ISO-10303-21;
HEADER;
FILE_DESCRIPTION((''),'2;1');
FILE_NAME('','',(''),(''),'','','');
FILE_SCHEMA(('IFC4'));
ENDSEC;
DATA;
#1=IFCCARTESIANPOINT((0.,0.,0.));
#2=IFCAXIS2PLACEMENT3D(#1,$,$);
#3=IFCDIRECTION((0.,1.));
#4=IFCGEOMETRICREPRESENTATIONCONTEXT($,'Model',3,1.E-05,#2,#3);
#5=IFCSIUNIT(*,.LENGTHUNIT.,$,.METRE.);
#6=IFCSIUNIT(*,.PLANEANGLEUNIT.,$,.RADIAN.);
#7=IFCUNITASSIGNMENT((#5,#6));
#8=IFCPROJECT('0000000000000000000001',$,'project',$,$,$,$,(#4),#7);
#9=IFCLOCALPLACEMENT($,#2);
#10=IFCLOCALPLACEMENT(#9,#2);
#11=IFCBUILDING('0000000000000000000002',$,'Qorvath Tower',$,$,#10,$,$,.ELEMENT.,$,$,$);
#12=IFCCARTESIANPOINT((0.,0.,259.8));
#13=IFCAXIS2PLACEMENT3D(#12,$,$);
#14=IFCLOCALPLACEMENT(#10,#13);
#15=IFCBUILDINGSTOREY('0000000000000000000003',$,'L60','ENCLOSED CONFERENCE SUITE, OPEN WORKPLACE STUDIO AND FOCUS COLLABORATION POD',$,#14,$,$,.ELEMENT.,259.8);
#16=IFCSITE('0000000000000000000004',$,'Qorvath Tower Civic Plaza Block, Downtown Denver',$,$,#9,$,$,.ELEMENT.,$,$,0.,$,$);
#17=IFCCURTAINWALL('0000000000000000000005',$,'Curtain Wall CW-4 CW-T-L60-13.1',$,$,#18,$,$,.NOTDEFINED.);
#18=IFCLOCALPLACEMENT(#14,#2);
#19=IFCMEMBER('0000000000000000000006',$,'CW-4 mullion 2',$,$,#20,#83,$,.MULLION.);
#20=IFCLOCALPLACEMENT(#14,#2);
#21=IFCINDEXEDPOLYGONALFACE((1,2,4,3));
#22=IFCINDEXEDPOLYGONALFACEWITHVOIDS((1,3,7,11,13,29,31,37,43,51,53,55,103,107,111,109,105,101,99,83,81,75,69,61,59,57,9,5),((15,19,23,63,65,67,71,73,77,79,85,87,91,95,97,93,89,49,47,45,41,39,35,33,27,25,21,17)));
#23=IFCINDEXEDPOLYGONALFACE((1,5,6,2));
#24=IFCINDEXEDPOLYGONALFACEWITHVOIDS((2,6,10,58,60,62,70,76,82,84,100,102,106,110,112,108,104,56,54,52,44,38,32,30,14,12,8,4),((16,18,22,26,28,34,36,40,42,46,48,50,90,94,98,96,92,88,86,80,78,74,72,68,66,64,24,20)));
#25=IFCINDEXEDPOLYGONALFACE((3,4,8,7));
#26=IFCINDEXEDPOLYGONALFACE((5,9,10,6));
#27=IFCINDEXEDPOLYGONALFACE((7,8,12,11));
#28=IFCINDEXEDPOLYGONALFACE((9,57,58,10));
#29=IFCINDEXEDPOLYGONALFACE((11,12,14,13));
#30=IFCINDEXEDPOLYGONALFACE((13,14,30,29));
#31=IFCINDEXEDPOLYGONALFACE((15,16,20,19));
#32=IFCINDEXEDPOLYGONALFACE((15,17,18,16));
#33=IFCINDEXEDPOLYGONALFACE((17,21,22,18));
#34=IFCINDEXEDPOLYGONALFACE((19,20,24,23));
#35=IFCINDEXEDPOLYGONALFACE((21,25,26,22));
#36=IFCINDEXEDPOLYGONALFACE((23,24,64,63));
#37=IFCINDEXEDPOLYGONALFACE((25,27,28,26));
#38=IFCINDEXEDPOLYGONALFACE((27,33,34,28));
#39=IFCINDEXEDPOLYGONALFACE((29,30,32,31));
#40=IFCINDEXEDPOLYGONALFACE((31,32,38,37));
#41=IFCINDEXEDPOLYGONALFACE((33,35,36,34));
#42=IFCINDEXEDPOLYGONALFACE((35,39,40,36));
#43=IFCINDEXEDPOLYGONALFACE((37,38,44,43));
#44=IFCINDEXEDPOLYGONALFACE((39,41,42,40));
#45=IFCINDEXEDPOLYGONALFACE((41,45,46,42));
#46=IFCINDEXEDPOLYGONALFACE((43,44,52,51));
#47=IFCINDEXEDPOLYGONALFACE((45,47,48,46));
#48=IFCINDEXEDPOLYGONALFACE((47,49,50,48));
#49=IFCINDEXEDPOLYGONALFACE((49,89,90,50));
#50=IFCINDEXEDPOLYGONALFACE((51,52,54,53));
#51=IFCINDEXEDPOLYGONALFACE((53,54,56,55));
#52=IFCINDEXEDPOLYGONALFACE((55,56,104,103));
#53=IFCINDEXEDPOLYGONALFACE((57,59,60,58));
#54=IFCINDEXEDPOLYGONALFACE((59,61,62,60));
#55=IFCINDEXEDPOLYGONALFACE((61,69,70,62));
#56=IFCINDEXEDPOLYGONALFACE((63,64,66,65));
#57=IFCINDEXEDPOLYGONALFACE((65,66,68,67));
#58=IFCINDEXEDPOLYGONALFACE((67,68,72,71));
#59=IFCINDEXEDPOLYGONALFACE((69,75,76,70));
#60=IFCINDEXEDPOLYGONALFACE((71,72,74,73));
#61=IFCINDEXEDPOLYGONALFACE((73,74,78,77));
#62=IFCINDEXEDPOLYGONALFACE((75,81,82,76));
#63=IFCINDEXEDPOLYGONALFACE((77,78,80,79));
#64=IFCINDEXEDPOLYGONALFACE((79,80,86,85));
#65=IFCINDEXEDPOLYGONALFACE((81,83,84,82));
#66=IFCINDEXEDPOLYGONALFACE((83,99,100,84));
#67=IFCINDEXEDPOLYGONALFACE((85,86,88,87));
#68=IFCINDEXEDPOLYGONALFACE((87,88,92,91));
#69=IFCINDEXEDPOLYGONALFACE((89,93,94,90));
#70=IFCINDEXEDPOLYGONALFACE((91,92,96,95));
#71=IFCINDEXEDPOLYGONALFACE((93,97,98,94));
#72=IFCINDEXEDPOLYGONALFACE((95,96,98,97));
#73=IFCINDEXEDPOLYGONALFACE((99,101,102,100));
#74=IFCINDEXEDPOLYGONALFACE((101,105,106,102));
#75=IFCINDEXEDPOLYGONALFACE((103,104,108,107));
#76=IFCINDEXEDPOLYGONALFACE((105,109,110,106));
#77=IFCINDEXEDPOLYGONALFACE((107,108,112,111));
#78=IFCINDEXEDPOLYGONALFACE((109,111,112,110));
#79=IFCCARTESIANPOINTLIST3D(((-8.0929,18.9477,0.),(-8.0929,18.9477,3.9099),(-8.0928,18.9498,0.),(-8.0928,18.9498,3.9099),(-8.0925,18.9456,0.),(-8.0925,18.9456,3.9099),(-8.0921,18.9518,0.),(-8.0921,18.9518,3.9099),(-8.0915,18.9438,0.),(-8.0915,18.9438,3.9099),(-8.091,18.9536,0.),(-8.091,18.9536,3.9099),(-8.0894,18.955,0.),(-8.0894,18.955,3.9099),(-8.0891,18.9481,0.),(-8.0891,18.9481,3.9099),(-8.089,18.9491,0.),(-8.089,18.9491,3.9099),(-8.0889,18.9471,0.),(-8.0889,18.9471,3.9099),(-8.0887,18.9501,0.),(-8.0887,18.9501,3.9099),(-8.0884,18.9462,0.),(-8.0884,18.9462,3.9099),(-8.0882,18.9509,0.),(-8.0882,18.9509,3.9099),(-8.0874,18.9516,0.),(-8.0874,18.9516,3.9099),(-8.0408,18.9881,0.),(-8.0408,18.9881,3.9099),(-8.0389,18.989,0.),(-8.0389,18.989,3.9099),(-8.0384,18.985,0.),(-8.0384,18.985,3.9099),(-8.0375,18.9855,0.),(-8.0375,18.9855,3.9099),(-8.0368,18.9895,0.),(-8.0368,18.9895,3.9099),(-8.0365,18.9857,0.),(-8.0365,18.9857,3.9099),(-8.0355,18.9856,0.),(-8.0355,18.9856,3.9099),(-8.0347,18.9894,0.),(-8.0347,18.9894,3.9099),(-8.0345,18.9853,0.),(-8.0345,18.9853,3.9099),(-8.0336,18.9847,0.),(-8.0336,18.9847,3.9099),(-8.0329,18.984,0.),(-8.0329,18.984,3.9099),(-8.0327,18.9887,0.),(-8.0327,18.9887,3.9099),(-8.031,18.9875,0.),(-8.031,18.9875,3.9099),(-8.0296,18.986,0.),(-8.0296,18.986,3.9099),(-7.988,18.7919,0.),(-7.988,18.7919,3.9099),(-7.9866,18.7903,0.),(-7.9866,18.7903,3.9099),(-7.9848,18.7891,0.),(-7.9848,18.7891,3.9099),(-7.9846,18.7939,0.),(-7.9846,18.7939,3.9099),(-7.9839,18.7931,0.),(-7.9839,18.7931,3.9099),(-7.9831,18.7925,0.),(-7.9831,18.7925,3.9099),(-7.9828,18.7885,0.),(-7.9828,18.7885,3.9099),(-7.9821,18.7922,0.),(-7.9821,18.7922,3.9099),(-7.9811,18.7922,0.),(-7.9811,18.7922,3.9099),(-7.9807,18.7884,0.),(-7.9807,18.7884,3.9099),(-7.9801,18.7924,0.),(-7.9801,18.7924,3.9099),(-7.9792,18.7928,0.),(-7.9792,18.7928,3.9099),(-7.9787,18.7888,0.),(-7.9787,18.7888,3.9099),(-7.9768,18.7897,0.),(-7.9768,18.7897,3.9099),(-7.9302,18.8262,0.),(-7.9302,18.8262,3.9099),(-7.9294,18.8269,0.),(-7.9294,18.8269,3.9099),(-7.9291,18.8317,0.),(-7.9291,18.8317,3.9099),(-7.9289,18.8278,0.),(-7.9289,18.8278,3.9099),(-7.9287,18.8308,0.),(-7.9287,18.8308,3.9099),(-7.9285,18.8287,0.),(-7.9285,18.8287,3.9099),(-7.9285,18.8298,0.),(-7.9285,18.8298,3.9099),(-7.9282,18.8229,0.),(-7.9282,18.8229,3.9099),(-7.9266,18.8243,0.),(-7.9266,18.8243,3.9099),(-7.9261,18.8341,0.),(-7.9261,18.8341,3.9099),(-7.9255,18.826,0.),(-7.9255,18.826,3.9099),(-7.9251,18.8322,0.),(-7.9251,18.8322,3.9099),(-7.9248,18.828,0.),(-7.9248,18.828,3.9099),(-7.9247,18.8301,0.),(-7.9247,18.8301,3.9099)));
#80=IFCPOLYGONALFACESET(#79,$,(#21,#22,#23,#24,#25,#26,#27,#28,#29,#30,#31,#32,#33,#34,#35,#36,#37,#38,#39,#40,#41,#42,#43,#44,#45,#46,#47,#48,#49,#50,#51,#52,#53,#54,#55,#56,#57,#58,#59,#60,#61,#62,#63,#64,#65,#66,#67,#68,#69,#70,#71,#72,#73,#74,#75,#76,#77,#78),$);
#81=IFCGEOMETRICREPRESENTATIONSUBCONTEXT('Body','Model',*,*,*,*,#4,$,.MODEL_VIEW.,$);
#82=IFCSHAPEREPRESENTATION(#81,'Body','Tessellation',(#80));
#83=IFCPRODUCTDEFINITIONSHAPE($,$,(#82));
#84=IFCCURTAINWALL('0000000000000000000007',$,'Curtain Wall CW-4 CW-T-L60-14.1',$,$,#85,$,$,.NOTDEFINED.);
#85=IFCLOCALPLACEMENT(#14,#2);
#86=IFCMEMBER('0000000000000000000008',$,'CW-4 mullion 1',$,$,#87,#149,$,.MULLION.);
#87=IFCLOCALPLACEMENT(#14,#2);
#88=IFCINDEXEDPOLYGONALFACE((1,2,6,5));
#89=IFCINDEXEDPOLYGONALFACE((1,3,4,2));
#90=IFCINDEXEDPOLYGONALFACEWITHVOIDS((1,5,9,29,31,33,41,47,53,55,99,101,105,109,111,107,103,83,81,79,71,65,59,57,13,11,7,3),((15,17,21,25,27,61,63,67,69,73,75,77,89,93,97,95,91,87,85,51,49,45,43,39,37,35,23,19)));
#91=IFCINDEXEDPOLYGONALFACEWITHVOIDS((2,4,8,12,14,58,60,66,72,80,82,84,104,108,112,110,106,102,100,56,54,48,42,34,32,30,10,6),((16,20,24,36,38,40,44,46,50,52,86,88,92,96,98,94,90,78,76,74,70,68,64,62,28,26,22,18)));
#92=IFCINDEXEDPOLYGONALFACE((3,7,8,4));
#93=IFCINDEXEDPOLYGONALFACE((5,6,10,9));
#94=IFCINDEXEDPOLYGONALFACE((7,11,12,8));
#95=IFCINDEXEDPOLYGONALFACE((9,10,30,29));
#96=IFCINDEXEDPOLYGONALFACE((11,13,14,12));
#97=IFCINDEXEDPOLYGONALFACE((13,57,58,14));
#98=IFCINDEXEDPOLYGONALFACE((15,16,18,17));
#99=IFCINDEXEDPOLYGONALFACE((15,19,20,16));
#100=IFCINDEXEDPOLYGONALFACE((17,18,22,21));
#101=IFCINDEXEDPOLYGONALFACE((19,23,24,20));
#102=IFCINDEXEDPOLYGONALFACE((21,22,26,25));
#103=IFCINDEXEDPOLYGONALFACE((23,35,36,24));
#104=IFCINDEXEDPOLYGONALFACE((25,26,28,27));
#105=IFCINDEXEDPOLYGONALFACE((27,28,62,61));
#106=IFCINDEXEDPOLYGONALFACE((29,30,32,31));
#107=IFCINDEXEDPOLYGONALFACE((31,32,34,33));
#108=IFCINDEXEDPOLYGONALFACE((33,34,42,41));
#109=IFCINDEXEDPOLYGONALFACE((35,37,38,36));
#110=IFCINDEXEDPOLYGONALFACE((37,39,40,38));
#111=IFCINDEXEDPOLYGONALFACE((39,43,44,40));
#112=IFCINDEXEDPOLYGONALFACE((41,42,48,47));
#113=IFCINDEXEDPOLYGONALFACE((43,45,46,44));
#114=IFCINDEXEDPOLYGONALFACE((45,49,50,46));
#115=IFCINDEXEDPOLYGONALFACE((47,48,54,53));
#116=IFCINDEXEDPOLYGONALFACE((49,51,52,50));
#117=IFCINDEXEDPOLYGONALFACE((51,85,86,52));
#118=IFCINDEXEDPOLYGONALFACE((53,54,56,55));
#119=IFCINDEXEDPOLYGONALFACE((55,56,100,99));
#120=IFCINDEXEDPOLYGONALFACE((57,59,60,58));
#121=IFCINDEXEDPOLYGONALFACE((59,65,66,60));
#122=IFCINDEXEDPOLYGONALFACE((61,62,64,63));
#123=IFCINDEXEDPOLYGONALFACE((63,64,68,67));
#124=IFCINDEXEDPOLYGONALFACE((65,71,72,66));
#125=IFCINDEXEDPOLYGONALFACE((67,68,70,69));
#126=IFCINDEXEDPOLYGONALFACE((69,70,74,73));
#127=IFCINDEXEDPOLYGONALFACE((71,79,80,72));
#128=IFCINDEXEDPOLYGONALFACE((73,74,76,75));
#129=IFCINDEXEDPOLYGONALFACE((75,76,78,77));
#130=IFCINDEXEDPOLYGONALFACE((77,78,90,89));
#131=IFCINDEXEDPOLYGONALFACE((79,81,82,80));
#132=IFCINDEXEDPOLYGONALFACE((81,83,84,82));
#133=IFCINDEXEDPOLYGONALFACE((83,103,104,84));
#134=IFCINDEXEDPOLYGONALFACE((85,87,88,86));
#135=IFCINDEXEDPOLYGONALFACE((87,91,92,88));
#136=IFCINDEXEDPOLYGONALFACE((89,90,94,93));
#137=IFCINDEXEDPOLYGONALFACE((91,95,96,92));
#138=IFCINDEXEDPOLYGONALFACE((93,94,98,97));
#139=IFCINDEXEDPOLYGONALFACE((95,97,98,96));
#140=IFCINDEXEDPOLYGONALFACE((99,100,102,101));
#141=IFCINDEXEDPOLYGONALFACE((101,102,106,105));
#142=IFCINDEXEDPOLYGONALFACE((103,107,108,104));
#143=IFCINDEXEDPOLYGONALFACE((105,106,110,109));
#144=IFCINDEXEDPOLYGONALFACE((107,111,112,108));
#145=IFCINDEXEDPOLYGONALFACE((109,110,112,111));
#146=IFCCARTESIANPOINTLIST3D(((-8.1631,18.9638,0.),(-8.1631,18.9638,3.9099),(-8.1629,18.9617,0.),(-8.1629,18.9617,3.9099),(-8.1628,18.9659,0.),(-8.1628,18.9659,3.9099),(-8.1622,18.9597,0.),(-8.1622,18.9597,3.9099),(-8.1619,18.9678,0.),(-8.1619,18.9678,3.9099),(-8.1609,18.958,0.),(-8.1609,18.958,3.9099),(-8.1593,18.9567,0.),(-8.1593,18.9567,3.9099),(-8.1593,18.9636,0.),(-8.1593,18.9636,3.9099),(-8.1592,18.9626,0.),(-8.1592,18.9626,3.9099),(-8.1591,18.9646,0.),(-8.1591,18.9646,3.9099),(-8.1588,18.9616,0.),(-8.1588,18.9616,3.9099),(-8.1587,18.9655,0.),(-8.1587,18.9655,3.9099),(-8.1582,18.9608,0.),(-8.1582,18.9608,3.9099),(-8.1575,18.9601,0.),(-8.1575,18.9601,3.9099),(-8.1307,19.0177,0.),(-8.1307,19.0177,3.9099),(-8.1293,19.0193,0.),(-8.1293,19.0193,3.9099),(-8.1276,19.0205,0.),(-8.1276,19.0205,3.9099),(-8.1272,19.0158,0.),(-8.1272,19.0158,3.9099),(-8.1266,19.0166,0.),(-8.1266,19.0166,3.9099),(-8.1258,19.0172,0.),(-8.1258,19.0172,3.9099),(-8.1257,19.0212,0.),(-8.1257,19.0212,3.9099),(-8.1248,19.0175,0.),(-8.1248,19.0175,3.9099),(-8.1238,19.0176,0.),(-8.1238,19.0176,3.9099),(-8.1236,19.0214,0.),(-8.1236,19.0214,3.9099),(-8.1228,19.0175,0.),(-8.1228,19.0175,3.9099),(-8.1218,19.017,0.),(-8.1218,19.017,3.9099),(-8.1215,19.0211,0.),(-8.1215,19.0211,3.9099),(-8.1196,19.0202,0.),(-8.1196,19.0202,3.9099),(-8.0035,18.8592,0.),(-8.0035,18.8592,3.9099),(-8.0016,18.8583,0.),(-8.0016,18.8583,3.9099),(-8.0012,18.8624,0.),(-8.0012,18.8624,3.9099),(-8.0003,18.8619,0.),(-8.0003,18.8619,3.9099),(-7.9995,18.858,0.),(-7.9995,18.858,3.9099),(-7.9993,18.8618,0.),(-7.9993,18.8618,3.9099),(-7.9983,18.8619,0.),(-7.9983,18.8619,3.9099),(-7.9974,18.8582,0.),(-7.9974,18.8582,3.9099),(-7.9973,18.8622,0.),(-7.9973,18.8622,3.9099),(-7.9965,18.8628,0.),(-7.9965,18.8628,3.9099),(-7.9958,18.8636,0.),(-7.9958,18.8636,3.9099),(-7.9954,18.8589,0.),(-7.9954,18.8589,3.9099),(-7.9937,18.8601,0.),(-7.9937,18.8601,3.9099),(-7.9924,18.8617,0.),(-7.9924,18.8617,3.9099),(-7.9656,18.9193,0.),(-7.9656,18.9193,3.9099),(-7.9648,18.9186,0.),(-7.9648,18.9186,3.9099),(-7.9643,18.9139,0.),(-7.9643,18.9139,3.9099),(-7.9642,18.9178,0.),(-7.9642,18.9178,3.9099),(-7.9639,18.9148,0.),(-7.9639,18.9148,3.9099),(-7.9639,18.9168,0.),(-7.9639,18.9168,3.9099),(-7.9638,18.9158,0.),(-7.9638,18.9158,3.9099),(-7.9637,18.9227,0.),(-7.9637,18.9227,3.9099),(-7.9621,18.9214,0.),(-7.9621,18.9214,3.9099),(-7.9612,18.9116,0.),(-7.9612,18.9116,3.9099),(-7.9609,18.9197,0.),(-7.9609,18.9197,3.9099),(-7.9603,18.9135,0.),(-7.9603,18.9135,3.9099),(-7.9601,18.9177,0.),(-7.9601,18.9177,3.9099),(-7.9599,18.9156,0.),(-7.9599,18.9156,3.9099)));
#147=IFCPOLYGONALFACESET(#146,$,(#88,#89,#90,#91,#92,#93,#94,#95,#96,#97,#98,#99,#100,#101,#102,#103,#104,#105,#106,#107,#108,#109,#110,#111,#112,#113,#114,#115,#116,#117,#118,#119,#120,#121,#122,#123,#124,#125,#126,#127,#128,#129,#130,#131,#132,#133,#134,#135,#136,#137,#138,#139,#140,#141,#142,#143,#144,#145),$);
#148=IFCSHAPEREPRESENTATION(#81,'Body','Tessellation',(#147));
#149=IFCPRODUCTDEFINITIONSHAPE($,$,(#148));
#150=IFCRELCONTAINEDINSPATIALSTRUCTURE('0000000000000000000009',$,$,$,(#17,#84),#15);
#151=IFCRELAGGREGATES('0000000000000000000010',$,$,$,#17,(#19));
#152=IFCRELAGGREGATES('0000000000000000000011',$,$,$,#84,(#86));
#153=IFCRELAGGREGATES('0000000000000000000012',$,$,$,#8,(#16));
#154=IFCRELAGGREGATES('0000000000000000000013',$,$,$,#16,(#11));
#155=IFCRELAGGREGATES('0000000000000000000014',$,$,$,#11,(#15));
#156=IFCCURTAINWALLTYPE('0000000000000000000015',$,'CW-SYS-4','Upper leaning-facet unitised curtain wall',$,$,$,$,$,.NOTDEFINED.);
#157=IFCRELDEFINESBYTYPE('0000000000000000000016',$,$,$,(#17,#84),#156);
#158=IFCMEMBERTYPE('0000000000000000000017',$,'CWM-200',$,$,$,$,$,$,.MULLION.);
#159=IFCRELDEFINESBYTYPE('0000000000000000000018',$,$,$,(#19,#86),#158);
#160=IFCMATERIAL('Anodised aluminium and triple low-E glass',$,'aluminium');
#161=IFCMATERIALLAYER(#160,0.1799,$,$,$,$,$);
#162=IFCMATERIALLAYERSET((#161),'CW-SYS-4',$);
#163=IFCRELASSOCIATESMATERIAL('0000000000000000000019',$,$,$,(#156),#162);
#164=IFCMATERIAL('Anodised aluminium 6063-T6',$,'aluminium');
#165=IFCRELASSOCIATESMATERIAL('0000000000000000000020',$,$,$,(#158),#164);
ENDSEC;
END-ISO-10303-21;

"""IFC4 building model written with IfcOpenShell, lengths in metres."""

from ifc_helpers import new_model, si_unit, direction, frame, origin, origin_2d, place, context, subcontext, project, spatial, hollow_rectangle, extrude, material, layer, layer_set, material_profile, profile_set, type_object, element, aggregate, save


model = new_model("IFC4")

# Units and contexts
model_context = context("Model", 3, precision=1e-05, world=origin(), true_north=direction((0.0, 1.0)))
body_context = subcontext(model_context, "Body", "Model", "MODEL_VIEW")
ifc_project = project(units=[si_unit("LENGTHUNIT", "METRE"), si_unit("PLANEANGLEUNIT", "RADIAN")], contexts=[model_context])

# Site, building, storey
site_placement = place(None, origin())
site = spatial("IfcSite", under=ifc_project, at=site_placement, Name="Qorvath Tower Civic Plaza Block, Downtown Denver", CompositionType="ELEMENT", RefElevation=0.0)
building_placement = place(site_placement, origin())
building = spatial("IfcBuilding", under=site, at=building_placement, Name="Qorvath Tower", CompositionType="ELEMENT")
storey_placement = place(building_placement, frame((0.0, 0.0, 259.8)))
storey = spatial("IfcBuildingStorey", under=building, at=storey_placement, Name="L60", Description="ENCLOSED CONFERENCE SUITE, OPEN WORKPLACE STUDIO AND FOCUS COLLABORATION POD", CompositionType="ELEMENT", Elevation=259.8)

# Shared definitions
ifc_material_1 = material(Name="Anodised aluminium and triple low-E glass", Category="aluminium")
ifc_layer_1 = layer(ifc_material_1, 0.1799)
ifc_layer_set_1 = layer_set([ifc_layer_1], Name="CW-SYS-4")
curtain_wall_type = type_object("IfcCurtainWallType", Name="CW-SYS-4", Description="Upper leaning-facet unitised curtain wall", PredefinedType="NOTDEFINED", material=ifc_layer_set_1)
ifc_material_2 = material(Name="Anodised aluminium 6063-T6", Category="aluminium")
ifc_material_profile_1 = material_profile(ifc_material_2, hollow_rectangle(XDim=0.075, YDim=0.2, WallThickness=0.0039, InnerFilletRadius=0.0039, OuterFilletRadius=0.0081, at=origin_2d()), Name="CWM 200x75")
ifc_profile_set_1 = profile_set([ifc_material_profile_1], Name="Anodised aluminium 6063-T6")
member_type_1 = type_object("IfcMemberType", Name="CWM-200", PredefinedType="MULLION", material=ifc_profile_set_1)

# Curtain walls, members
curtain_wall_1_placement = place(storey_placement, origin())
curtain_wall_1 = element("IfcCurtainWall", 1, at=curtain_wall_1_placement, inside=storey, type_object=curtain_wall_type, Name="Curtain Wall CW-4 CW-T-L60-13.1", PredefinedType="NOTDEFINED")
member_1_placement = place(storey_placement, frame((-8.0088, 18.8889, 0.0), z_axis=(0.0, 0.0, 1.0), x_axis=(-0.826358, -0.563145, 0.0)))
member_1 = element("IfcMember", 2, at=member_1_placement, type_object=member_type_1, Name="CW-4 mullion 2", PredefinedType="MULLION", context=body_context, shape_type="SweptSolid", body=[
    extrude(hollow_rectangle(XDim=0.075, YDim=0.2, WallThickness=0.0039, InnerFilletRadius=0.0039, OuterFilletRadius=0.0081, at=origin_2d()), origin(), (0.0, 0.0, 1.0), 3.9099),
])
curtain_wall_2_placement = place(storey_placement, origin())
curtain_wall_2 = element("IfcCurtainWall", 3, at=curtain_wall_2_placement, inside=storey, type_object=curtain_wall_type, Name="Curtain Wall CW-4 CW-T-L60-14.1", PredefinedType="NOTDEFINED")
member_2_placement = place(storey_placement, frame((-8.0615, 18.9397, 0.0), z_axis=(0.0, 0.0, 1.0), x_axis=(-0.530412, -0.84774, 0.0)))
member_2 = element("IfcMember", 4, at=member_2_placement, type_object=member_type_1, Name="CW-4 mullion 1", PredefinedType="MULLION", context=body_context, shape_type="SweptSolid", body=[
    extrude(hollow_rectangle(XDim=0.075, YDim=0.2, WallThickness=0.0039, InnerFilletRadius=0.0039, OuterFilletRadius=0.0081, at=origin_2d()), origin(), (0.0, 0.0, 1.0), 3.9099),
])

aggregate(curtain_wall_1, [member_1])
aggregate(curtain_wall_2, [member_2])

save(model, "model.ifc")
